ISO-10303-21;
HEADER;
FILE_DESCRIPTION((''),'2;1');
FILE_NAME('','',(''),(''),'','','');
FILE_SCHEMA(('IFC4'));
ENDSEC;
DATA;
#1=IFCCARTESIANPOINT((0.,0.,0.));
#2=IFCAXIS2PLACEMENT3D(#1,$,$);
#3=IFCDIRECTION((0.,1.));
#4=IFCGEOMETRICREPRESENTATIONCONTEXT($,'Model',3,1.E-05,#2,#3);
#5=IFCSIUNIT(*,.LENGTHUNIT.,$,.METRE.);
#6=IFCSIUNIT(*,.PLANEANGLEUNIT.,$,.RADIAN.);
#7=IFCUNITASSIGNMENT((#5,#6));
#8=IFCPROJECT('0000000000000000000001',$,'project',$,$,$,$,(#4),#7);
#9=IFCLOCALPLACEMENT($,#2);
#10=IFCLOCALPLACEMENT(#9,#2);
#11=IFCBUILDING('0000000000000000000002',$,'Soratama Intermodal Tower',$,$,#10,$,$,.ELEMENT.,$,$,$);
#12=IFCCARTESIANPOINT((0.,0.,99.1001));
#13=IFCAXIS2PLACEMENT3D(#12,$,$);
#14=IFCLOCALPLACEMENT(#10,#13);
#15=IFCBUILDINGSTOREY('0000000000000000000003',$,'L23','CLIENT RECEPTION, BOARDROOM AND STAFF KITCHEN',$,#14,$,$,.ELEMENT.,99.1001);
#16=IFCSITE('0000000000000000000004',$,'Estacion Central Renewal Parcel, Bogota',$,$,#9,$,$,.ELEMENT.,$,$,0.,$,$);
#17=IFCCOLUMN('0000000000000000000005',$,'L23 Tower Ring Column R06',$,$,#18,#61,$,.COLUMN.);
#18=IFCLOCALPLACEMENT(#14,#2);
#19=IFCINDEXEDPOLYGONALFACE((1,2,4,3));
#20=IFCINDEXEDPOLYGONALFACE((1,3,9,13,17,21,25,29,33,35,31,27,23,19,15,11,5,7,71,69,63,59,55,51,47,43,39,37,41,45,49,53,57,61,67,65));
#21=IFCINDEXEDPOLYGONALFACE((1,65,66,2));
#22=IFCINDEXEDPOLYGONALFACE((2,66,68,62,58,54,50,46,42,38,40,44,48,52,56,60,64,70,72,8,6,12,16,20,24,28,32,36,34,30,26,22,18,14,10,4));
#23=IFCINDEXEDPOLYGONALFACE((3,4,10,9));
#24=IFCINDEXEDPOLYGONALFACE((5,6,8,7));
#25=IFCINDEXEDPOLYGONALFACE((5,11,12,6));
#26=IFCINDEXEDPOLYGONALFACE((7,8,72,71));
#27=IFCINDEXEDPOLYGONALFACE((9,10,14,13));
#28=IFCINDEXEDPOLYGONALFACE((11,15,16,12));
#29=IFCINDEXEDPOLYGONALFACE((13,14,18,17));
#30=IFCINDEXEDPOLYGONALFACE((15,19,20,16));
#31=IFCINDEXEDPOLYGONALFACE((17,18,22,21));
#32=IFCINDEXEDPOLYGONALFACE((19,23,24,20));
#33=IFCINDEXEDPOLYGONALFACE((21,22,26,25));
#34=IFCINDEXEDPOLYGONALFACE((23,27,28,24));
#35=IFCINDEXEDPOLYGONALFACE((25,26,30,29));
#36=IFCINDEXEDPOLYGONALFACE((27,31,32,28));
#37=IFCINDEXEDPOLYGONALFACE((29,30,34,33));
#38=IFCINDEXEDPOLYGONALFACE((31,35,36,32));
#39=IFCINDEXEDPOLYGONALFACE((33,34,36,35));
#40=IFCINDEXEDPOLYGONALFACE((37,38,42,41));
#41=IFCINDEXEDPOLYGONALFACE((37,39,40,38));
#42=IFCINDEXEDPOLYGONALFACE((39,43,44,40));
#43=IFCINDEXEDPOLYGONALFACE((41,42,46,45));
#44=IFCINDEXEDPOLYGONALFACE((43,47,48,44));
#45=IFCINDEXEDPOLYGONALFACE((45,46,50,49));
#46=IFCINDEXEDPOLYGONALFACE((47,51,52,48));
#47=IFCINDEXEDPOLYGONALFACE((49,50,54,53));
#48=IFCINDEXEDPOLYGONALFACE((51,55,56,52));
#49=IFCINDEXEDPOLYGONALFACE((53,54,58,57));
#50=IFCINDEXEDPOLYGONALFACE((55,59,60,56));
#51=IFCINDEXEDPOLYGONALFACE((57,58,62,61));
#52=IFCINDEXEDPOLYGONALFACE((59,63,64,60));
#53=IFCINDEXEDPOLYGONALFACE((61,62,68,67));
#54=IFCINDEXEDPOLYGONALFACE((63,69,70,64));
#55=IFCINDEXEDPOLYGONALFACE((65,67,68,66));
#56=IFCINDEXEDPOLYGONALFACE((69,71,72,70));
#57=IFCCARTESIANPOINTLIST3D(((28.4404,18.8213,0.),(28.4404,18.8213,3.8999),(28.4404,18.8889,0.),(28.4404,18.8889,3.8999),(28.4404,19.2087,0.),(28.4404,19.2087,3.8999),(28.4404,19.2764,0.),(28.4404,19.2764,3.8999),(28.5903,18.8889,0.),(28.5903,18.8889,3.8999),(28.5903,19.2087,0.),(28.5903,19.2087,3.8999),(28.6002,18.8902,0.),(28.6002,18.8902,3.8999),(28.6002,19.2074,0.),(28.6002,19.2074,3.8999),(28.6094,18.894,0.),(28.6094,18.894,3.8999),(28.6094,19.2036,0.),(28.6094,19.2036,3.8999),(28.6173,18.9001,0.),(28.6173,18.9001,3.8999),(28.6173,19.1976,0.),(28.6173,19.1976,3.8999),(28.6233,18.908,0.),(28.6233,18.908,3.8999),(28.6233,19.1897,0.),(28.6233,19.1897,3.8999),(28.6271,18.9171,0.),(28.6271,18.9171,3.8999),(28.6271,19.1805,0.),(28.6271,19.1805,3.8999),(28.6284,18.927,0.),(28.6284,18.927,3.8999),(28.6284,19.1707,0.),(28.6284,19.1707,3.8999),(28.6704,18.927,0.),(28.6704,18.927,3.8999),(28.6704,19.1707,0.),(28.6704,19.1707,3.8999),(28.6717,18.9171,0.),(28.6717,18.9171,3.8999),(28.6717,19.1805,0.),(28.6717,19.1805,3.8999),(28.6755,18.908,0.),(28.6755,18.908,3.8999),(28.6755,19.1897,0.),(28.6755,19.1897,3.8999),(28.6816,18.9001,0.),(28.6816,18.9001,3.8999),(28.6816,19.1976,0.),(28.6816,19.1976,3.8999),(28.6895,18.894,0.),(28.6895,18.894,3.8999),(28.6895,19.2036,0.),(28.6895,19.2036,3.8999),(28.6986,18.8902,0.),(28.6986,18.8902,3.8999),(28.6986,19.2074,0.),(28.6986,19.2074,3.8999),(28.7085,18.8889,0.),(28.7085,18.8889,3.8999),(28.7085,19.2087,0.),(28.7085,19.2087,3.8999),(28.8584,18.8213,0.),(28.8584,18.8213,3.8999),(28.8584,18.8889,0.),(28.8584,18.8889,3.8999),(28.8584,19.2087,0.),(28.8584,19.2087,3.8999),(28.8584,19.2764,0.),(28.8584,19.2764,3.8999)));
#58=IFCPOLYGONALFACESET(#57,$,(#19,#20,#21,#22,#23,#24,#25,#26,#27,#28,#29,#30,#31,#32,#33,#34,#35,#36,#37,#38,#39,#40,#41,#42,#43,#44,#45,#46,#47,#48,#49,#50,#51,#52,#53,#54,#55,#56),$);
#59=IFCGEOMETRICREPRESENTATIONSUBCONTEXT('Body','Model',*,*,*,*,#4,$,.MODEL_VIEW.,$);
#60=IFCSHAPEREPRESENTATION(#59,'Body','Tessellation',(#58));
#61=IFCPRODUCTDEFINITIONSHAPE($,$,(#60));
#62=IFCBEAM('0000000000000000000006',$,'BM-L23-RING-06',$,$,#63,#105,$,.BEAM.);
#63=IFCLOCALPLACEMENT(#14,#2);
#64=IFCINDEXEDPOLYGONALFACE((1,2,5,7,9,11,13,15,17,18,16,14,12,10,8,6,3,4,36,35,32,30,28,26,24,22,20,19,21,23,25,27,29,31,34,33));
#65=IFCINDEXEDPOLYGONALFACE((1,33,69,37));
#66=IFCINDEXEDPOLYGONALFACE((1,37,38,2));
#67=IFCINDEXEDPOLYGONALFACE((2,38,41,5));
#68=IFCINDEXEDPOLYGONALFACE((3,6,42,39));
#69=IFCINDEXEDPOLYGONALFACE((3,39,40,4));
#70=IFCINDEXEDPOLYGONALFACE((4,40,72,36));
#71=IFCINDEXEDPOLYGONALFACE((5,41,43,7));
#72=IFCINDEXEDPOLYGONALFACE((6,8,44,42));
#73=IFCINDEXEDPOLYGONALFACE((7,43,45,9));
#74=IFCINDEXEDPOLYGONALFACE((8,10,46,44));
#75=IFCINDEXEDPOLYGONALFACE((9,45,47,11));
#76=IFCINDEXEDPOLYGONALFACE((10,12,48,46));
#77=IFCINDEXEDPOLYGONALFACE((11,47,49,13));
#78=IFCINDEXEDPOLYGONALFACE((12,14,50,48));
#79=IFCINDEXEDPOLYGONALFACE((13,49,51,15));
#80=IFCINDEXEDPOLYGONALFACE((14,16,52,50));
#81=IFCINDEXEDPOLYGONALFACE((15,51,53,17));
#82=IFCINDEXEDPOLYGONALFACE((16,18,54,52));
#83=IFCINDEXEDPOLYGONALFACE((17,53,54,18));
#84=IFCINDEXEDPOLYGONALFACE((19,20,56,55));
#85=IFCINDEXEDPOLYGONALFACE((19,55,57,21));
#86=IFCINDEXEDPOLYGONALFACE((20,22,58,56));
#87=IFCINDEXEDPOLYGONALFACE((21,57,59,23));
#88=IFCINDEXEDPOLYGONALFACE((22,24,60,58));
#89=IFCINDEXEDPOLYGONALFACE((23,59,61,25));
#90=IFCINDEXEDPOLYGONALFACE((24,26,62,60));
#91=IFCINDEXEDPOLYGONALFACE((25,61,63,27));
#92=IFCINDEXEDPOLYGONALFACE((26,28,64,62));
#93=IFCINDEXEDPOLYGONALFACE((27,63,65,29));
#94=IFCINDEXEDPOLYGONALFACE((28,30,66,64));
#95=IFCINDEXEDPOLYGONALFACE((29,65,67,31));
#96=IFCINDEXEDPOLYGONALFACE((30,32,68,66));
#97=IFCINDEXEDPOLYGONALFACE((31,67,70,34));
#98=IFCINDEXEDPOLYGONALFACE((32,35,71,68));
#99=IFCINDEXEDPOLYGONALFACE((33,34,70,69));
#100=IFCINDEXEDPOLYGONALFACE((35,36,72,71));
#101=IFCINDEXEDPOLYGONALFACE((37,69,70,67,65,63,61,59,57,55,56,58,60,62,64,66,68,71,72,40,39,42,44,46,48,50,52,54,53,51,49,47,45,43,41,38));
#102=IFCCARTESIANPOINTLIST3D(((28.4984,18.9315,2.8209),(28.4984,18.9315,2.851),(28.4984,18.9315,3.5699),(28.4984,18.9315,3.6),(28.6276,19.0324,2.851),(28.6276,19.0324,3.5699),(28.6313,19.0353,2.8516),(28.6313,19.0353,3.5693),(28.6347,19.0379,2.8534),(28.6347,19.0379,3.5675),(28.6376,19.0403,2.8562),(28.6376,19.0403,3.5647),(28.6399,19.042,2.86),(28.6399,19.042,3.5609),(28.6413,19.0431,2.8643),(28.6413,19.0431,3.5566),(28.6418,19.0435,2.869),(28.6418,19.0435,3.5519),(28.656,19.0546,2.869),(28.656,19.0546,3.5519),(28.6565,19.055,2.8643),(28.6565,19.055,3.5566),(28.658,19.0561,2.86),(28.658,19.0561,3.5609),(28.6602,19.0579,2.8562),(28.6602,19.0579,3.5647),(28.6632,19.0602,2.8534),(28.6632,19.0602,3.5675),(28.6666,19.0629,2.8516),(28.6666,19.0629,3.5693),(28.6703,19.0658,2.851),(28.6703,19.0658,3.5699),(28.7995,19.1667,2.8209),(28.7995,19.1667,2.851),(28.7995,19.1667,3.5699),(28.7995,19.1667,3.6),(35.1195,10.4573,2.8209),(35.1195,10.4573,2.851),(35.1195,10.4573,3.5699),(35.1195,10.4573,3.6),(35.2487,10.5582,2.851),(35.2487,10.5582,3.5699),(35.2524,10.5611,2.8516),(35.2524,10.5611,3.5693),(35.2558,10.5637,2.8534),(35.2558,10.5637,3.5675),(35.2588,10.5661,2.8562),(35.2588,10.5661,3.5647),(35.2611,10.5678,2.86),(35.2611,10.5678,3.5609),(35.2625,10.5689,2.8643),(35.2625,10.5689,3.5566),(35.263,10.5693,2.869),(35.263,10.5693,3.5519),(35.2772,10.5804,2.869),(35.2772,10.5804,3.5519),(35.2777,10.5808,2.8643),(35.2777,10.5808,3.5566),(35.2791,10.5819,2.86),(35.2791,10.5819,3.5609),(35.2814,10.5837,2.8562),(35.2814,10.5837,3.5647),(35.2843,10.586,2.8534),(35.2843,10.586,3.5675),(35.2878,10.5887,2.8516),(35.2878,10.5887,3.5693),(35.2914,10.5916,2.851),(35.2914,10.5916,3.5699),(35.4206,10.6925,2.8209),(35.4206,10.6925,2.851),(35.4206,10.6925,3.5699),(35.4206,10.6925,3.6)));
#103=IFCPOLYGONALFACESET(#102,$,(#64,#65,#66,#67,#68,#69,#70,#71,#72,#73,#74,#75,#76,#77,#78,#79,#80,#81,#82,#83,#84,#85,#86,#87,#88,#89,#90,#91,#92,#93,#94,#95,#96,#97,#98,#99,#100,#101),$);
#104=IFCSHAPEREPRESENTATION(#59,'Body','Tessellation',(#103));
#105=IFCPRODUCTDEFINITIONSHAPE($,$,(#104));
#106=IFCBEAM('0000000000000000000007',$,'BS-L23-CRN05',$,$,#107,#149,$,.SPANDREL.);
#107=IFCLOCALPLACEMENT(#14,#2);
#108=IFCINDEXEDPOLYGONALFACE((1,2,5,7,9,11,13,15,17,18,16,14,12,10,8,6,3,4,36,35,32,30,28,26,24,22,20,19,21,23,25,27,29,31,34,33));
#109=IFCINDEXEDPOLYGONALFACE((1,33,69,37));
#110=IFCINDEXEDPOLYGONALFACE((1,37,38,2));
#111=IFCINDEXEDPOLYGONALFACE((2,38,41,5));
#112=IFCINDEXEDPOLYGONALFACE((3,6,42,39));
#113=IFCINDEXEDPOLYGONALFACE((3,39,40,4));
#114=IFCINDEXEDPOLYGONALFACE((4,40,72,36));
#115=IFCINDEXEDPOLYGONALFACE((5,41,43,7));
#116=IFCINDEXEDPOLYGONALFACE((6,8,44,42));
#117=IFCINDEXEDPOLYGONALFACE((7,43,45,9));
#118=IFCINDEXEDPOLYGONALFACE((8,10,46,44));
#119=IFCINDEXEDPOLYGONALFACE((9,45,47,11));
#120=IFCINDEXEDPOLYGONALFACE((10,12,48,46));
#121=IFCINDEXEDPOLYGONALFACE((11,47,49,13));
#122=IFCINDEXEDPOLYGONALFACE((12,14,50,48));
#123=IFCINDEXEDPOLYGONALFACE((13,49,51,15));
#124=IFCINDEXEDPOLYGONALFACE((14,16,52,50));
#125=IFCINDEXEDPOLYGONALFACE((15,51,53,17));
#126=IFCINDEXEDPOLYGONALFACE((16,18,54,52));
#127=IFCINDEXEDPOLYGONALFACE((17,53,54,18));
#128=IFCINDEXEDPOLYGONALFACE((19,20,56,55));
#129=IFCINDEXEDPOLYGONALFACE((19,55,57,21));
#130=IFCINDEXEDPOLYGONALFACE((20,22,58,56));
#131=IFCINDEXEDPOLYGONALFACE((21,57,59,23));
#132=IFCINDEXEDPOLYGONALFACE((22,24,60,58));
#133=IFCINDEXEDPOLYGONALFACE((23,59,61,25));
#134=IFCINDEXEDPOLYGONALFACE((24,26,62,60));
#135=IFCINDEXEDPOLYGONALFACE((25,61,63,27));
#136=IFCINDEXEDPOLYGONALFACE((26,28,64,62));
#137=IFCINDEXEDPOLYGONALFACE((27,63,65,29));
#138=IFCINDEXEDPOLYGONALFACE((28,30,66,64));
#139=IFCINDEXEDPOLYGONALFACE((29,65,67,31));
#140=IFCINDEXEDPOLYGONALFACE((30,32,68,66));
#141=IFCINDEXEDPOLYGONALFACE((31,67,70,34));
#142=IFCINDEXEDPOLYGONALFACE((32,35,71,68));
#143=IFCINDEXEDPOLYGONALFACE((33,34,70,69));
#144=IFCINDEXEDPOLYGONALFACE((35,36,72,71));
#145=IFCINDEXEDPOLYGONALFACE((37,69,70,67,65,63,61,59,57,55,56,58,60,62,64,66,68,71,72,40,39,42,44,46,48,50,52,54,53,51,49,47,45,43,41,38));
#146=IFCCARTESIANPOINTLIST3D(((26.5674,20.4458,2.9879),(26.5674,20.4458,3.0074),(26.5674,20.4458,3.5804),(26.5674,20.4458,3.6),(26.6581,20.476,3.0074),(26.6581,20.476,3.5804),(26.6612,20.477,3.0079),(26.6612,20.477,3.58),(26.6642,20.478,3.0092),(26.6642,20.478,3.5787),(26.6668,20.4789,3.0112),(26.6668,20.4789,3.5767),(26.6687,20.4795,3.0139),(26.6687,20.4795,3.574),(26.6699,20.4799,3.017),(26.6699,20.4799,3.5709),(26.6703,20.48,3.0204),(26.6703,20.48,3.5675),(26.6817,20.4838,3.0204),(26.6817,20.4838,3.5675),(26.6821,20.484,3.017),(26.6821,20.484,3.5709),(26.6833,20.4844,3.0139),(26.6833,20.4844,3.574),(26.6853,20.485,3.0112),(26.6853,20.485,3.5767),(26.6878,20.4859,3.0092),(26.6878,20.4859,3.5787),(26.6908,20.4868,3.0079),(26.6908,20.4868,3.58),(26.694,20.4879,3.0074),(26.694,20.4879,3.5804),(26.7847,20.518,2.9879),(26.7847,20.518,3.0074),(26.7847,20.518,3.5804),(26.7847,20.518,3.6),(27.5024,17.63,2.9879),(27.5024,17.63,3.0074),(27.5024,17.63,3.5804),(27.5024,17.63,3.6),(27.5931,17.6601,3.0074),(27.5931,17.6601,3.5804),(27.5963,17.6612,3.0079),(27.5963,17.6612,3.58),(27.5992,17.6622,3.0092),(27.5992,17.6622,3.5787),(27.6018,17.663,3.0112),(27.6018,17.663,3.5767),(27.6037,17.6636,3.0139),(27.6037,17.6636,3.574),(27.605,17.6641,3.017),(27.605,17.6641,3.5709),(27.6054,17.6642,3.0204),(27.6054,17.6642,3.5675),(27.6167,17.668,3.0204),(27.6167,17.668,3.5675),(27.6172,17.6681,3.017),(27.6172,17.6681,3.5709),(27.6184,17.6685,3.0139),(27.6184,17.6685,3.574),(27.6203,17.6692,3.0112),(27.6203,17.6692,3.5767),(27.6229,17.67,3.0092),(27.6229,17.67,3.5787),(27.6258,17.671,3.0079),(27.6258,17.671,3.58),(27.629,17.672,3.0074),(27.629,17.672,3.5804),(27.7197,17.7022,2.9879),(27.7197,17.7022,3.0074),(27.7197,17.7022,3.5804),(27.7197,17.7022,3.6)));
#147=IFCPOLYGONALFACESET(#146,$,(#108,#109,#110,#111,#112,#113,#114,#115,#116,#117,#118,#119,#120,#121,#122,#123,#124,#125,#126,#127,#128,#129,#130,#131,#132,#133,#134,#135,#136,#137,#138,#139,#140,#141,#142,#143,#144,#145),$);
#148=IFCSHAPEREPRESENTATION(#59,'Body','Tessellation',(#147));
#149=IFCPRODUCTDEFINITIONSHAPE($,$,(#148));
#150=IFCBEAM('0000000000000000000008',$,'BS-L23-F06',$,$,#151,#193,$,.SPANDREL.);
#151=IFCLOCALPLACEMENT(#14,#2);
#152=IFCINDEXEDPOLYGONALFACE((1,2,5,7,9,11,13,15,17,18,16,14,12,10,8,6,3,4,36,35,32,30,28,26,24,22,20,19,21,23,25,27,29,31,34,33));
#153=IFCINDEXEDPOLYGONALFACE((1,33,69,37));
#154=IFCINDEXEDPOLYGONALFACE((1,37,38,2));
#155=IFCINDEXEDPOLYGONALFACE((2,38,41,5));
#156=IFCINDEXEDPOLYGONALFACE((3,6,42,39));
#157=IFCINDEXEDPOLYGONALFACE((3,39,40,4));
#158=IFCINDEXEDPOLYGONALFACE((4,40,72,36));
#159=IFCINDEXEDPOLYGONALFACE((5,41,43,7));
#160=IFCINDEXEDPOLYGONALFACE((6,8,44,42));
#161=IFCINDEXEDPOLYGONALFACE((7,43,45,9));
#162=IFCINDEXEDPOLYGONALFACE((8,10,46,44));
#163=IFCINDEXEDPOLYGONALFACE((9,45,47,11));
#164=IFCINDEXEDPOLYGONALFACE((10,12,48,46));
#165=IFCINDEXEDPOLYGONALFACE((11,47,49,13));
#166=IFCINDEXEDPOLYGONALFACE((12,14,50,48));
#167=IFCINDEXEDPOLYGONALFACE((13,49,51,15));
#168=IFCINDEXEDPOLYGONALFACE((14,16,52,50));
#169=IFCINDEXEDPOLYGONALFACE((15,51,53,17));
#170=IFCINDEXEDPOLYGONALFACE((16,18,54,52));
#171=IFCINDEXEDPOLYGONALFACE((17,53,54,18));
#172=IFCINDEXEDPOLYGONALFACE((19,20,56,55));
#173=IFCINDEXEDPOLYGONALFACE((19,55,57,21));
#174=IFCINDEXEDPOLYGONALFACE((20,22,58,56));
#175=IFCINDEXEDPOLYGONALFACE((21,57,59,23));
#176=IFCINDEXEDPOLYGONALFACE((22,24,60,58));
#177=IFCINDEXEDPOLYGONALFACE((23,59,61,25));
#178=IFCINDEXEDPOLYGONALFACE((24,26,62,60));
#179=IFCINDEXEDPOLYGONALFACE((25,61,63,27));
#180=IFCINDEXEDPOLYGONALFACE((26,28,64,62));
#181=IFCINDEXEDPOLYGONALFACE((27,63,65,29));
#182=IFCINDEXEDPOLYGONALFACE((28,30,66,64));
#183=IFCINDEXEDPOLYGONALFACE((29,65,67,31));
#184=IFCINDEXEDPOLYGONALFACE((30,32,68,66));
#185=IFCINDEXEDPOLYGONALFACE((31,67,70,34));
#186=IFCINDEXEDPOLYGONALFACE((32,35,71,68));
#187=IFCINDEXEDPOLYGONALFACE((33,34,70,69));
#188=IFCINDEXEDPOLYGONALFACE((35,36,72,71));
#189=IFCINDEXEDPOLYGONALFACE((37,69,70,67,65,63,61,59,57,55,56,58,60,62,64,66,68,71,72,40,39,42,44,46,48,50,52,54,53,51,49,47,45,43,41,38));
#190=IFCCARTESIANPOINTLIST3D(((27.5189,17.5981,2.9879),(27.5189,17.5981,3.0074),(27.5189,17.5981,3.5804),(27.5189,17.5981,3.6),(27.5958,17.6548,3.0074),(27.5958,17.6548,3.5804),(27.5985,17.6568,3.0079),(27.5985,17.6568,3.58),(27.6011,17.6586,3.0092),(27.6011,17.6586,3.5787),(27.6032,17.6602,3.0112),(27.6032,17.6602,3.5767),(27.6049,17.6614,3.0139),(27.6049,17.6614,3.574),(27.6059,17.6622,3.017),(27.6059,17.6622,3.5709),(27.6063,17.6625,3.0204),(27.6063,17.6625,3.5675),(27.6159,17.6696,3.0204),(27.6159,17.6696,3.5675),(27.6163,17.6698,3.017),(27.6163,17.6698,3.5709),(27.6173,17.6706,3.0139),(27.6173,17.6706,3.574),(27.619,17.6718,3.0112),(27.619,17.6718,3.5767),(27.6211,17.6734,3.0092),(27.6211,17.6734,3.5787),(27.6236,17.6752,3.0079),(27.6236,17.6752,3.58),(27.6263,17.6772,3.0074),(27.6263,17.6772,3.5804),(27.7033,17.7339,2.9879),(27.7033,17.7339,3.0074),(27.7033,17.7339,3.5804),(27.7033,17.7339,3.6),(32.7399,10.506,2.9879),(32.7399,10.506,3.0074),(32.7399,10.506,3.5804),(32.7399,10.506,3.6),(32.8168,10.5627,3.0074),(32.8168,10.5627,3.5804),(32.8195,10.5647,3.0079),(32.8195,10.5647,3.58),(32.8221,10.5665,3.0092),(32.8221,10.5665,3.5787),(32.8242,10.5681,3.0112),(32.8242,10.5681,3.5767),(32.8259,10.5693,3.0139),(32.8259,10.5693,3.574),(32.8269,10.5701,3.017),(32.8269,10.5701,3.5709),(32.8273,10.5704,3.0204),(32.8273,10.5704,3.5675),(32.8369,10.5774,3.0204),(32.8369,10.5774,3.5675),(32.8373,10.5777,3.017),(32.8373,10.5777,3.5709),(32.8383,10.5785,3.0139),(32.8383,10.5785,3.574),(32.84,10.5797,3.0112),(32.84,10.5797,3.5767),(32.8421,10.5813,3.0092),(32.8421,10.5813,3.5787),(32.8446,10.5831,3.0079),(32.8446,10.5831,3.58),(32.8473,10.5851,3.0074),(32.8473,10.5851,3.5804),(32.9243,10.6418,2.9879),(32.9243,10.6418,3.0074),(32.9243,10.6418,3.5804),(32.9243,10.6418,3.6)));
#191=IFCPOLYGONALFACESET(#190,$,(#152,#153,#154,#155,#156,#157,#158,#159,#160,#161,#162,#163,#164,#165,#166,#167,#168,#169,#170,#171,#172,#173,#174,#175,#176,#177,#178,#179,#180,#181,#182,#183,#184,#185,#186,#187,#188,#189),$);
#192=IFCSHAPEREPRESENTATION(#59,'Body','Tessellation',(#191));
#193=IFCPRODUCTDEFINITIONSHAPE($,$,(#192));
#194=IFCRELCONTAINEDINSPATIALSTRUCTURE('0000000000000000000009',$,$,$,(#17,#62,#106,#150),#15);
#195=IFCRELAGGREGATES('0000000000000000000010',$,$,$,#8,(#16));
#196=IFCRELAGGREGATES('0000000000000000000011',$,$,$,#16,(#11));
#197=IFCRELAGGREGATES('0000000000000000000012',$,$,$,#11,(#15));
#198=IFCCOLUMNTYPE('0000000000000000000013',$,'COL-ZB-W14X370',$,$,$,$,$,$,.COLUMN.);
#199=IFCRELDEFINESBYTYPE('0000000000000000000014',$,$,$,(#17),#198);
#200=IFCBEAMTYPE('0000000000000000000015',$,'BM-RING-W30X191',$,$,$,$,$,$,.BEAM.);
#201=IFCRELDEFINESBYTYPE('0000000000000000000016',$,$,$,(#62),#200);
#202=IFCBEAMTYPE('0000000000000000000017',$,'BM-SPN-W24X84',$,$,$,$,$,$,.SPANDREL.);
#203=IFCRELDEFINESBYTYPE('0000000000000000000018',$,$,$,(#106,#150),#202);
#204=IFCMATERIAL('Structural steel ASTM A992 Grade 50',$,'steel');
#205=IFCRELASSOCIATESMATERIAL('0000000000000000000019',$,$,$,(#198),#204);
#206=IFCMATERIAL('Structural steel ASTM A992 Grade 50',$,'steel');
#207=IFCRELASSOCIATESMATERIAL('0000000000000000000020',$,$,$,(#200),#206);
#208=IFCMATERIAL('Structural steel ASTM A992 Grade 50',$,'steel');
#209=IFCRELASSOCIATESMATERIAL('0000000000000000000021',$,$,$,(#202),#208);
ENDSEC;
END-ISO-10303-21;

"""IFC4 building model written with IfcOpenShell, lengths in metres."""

from ifc_helpers import new_model, si_unit, direction, frame, origin, origin_2d, place, context, subcontext, project, spatial, i_section, extrude, material, material_profile, profile_set, type_object, element, save


model = new_model("IFC4")

# Units and contexts
model_context = context("Model", 3, precision=1e-05, world=origin(), true_north=direction((0.0, 1.0)))
body_context = subcontext(model_context, "Body", "Model", "MODEL_VIEW")
ifc_project = project(units=[si_unit("LENGTHUNIT", "METRE"), si_unit("PLANEANGLEUNIT", "RADIAN")], contexts=[model_context])

# Site, building, storey
site_placement = place(None, origin())
site = spatial("IfcSite", under=ifc_project, at=site_placement, Name="Estacion Central Renewal Parcel, Bogota", CompositionType="ELEMENT", RefElevation=0.0)
building_placement = place(site_placement, origin())
building = spatial("IfcBuilding", under=site, at=building_placement, Name="Soratama Intermodal Tower", CompositionType="ELEMENT")
storey_placement = place(building_placement, frame((0.0, 0.0, 99.1001)))
storey = spatial("IfcBuildingStorey", under=building, at=storey_placement, Name="L23", Description="CLIENT RECEPTION, BOARDROOM AND STAFF KITCHEN", CompositionType="ELEMENT", Elevation=99.1001)

# Column
ifc_material_1 = material(Name="Structural steel ASTM A992 Grade 50", Category="steel")
ifc_material_profile_1 = material_profile(ifc_material_1, i_section(OverallWidth=0.418, OverallDepth=0.4551, WebThickness=0.042, FlangeThickness=0.0676, FilletRadius=0.0381, at=origin_2d()), Name="W14X370")
ifc_profile_set_1 = profile_set([ifc_material_profile_1], Name="Structural steel ASTM A992 Grade 50")
column_type = type_object("IfcColumnType", Name="COL-ZB-W14X370", PredefinedType="COLUMN", material=ifc_profile_set_1)
column_placement = place(storey_placement, frame((28.6494, 19.0488, 0.0), z_axis=(0.0, 0.0, 1.0), x_axis=(1.0, 0.0, 0.0)))
element("IfcColumn", 1, at=column_placement, inside=storey, type_object=column_type, Name="L23 Tower Ring Column R06", PredefinedType="COLUMN", context=body_context, shape_type="SweptSolid", body=[
    extrude(i_section(OverallWidth=0.418, OverallDepth=0.4551, WebThickness=0.042, FlangeThickness=0.0676, FilletRadius=0.0381, at=origin_2d()), origin(), (0.0, 0.0, 1.0), 3.8999),
])

# Beams
ifc_material_2 = material(Name="Structural steel ASTM A992 Grade 50", Category="steel")
ifc_material_profile_2 = material_profile(ifc_material_2, i_section(OverallWidth=0.3821, OverallDepth=0.7791, WebThickness=0.0181, FlangeThickness=0.03, FilletRadius=0.0181, at=origin_2d()), Name="W30X191")
ifc_profile_set_2 = profile_set([ifc_material_profile_2], Name="Structural steel ASTM A992 Grade 50")
beam_type_1 = type_object("IfcBeamType", Name="BM-RING-W30X191", PredefinedType="BEAM", material=ifc_profile_set_2)
beam_1_placement = place(storey_placement, frame((28.6489, 19.0491, 3.2104), z_axis=(0.615684, -0.787993, 0.0), x_axis=(0.787993, 0.615684, 0.0)))
element("IfcBeam", 2, at=beam_1_placement, inside=storey, type_object=beam_type_1, Name="BM-L23-RING-06", PredefinedType="BEAM", context=body_context, shape_type="SweptSolid", body=[
    extrude(i_section(OverallWidth=0.3821, OverallDepth=0.7791, WebThickness=0.0181, FlangeThickness=0.03, FilletRadius=0.0181, at=origin_2d()), origin(), (0.0, 0.0, 1.0), 10.7542),
])
ifc_material_3 = material(Name="Structural steel ASTM A992 Grade 50", Category="steel")
ifc_material_profile_3 = material_profile(ifc_material_3, i_section(OverallWidth=0.229, OverallDepth=0.6121, WebThickness=0.012, FlangeThickness=0.0195, FilletRadius=0.0129, at=origin_2d()), Name="W24X84")
ifc_profile_set_3 = profile_set([ifc_material_profile_3], Name="Structural steel ASTM A992 Grade 50")
beam_type_2 = type_object("IfcBeamType", Name="BM-SPN-W24X84", PredefinedType="SPANDREL", material=ifc_profile_set_3)
beam_2_placement = place(storey_placement, frame((26.676, 20.4819, 3.2939), z_axis=(0.315141, -0.949045, 0.0), x_axis=(0.949045, 0.315141, 0.0)))
element("IfcBeam", 3, at=beam_2_placement, inside=storey, type_object=beam_type_2, Name="BS-L23-CRN05", PredefinedType="SPANDREL", context=body_context, shape_type="SweptSolid", body=[
    extrude(i_section(OverallWidth=0.229, OverallDepth=0.6121, WebThickness=0.012, FlangeThickness=0.0195, FilletRadius=0.0129, at=origin_2d()), origin(), (0.0, 0.0, 1.0), 2.967),
])
beam_3_placement = place(storey_placement, frame((27.6111, 17.666, 3.2939), z_axis=(0.592848, -0.805314, 0.0), x_axis=(0.805314, 0.592848, 0.0)))
element("IfcBeam", 4, at=beam_3_placement, inside=storey, type_object=beam_type_2, Name="BS-L23-F06", PredefinedType="SPANDREL", context=body_context, shape_type="SweptSolid", body=[
    extrude(i_section(OverallWidth=0.229, OverallDepth=0.6121, WebThickness=0.012, FlangeThickness=0.0195, FilletRadius=0.0129, at=origin_2d()), origin(), (0.0, 0.0, 1.0), 8.8066),
])

save(model, "model.ifc")
